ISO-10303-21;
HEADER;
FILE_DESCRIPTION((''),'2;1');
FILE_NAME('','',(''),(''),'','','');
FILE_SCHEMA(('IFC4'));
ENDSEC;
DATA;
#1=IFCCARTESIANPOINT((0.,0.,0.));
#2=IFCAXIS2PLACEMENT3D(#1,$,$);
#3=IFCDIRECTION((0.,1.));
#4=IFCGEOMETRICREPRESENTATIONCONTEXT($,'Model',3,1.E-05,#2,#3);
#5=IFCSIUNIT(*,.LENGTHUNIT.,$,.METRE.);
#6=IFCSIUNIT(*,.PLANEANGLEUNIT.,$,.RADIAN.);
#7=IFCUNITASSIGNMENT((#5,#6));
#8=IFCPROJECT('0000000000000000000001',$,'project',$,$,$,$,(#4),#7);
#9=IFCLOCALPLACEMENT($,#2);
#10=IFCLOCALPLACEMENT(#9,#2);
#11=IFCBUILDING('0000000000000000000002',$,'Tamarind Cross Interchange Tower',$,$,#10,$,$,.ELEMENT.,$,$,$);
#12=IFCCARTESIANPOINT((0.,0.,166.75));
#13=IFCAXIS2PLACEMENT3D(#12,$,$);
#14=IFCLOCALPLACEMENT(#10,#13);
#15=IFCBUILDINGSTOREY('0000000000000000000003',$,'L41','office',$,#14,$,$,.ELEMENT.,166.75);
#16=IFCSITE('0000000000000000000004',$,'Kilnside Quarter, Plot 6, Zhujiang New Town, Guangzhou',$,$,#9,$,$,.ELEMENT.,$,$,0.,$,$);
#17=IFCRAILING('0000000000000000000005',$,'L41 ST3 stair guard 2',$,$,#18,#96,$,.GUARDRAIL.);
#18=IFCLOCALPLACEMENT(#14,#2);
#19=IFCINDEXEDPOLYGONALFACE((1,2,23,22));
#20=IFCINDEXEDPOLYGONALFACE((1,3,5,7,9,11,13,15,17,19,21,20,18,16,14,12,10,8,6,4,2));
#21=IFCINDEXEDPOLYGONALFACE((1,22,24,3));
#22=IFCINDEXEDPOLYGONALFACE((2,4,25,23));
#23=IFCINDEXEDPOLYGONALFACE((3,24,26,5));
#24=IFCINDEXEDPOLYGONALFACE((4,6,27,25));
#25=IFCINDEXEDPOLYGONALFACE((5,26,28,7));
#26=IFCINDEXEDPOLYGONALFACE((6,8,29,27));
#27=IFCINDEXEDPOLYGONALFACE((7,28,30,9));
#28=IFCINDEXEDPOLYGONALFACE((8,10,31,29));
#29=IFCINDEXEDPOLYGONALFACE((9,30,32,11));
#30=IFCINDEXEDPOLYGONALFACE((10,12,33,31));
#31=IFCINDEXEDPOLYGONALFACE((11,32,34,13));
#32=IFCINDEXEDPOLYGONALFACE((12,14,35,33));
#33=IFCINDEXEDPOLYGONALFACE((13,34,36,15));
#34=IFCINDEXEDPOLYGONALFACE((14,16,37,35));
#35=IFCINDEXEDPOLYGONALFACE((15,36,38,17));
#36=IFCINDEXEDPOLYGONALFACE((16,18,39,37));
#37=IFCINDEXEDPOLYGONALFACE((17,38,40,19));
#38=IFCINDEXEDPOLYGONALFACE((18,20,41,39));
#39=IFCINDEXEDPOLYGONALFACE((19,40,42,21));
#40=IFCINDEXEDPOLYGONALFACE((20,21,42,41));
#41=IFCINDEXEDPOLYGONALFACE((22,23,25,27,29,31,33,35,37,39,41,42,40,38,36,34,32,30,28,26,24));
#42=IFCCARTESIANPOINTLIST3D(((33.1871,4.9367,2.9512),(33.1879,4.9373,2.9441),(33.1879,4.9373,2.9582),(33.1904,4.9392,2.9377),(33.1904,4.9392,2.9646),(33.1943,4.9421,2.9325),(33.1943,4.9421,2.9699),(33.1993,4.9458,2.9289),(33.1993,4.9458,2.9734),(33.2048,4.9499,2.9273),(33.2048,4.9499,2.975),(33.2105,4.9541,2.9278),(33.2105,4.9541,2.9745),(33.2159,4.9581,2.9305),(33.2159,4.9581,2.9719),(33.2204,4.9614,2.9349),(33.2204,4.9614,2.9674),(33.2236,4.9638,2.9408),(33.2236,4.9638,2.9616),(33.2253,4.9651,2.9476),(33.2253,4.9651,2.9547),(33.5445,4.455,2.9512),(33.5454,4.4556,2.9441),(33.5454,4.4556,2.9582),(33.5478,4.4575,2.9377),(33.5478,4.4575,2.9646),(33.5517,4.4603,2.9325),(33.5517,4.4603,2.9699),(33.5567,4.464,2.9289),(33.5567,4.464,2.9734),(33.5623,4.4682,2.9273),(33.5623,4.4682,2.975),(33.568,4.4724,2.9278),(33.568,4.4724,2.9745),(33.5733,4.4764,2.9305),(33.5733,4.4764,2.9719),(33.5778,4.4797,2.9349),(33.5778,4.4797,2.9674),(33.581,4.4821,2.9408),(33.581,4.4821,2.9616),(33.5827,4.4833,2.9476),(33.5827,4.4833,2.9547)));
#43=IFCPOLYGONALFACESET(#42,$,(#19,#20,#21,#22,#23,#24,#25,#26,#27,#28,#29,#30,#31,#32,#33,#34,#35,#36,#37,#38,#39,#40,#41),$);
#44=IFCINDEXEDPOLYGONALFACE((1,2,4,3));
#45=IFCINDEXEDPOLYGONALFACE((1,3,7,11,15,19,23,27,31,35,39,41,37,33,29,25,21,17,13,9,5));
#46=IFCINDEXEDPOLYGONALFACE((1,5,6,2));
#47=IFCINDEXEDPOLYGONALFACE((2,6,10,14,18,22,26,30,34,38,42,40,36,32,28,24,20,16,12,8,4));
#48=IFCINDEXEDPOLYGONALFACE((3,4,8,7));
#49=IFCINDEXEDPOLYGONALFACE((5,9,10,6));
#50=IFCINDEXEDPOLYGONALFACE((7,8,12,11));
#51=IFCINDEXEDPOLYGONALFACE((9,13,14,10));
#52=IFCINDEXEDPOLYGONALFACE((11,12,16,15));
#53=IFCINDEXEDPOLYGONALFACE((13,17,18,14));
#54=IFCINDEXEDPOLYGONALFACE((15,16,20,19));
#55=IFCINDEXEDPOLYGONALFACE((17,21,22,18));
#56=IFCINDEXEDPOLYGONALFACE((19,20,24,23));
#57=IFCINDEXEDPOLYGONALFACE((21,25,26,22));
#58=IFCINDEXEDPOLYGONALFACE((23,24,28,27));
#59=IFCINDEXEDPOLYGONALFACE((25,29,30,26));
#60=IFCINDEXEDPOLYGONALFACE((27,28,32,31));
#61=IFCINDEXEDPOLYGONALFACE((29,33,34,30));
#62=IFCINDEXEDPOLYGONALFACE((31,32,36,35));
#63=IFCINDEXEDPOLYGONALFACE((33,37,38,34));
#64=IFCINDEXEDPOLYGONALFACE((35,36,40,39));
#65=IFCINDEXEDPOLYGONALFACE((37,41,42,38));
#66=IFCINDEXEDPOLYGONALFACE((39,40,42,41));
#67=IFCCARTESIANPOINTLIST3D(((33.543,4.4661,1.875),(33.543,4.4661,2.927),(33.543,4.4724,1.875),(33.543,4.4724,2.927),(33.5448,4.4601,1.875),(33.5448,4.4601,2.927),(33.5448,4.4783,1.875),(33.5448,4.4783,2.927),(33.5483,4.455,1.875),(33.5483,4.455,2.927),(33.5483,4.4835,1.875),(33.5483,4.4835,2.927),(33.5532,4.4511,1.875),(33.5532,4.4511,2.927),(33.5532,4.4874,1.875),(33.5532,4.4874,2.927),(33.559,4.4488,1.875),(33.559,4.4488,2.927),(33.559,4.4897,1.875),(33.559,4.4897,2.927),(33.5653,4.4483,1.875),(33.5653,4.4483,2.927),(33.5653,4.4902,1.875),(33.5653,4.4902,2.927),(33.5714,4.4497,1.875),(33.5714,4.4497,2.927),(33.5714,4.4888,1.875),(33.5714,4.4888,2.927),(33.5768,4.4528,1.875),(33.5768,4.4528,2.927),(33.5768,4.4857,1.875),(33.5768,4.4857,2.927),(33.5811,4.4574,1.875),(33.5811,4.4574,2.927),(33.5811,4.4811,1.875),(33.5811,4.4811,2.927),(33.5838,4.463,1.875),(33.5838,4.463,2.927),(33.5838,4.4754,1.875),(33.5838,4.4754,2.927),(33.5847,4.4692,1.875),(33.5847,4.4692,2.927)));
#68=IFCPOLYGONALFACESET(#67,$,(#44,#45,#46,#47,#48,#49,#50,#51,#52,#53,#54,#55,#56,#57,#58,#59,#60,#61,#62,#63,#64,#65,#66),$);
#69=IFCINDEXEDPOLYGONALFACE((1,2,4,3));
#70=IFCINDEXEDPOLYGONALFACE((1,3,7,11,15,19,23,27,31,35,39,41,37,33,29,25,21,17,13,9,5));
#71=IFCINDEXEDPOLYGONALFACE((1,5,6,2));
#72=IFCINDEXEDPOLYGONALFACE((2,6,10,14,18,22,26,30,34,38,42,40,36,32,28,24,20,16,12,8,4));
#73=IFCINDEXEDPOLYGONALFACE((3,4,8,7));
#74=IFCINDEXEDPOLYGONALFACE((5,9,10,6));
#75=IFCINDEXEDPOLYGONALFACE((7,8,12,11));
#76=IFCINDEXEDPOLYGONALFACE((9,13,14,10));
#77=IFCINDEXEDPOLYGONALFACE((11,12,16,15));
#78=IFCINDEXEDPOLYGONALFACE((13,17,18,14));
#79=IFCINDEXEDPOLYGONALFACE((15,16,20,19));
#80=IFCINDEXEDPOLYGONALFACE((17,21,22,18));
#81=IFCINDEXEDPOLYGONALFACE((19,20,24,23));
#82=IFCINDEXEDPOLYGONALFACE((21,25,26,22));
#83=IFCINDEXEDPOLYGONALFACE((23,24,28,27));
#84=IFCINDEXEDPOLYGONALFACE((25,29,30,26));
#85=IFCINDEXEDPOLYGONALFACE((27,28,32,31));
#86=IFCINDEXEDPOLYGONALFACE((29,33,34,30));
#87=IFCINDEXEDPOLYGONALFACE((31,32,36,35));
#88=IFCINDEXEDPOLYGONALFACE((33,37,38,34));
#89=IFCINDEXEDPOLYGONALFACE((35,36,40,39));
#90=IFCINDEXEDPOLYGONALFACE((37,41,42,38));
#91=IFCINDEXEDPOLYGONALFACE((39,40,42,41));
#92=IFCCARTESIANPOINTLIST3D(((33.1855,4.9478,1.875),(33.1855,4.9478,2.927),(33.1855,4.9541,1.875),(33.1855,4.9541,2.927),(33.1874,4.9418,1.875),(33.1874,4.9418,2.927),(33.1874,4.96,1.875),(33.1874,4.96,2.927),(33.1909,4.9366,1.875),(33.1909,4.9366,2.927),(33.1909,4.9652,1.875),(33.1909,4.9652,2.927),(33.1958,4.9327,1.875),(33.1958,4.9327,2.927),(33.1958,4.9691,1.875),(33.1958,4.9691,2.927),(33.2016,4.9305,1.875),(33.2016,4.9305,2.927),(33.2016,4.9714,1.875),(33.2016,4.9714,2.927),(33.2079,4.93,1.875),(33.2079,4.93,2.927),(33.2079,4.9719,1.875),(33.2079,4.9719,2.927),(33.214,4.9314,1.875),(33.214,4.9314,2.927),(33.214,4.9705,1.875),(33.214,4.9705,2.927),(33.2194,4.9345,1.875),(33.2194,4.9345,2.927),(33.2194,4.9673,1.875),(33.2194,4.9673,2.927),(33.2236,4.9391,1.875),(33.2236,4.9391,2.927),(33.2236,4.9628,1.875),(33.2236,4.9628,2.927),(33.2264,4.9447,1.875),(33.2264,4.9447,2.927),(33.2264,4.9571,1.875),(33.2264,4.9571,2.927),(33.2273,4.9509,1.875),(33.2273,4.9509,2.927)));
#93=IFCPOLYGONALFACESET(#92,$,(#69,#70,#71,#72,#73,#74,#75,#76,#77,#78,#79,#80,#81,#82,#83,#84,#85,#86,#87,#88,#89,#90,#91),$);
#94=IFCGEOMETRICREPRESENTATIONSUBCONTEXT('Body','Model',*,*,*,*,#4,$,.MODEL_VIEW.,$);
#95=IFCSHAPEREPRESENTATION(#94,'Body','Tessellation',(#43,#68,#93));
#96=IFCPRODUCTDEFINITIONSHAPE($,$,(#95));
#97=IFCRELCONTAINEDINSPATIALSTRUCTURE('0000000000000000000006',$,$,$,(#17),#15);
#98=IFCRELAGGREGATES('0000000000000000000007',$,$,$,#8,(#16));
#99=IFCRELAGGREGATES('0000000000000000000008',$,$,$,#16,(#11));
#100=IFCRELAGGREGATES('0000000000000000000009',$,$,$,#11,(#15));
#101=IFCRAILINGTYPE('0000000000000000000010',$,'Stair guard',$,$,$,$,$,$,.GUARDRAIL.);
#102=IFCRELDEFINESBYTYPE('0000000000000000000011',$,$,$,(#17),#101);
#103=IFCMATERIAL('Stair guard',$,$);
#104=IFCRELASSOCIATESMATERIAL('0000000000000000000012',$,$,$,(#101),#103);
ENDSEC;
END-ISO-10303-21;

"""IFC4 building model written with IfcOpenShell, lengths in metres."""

from ifc_helpers import new_model, si_unit, direction, frame, origin, origin_2d, place, context, subcontext, project, spatial, circle, extrude, material, type_object, element, save


model = new_model("IFC4")

# Units and contexts
model_context = context("Model", 3, precision=1e-05, world=origin(), true_north=direction((0.0, 1.0)))
body_context = subcontext(model_context, "Body", "Model", "MODEL_VIEW")
ifc_project = project(units=[si_unit("LENGTHUNIT", "METRE"), si_unit("PLANEANGLEUNIT", "RADIAN")], contexts=[model_context])

# Site, building, storey
site_placement = place(None, origin())
site = spatial("IfcSite", under=ifc_project, at=site_placement, Name="Kilnside Quarter, Plot 6, Zhujiang New Town, Guangzhou", CompositionType="ELEMENT", RefElevation=0.0)
building_placement = place(site_placement, origin())
building = spatial("IfcBuilding", under=site, at=building_placement, Name="Tamarind Cross Interchange Tower", CompositionType="ELEMENT")
storey_placement = place(building_placement, frame((0.0, 0.0, 166.75)))
storey = spatial("IfcBuildingStorey", under=building, at=storey_placement, Name="L41", Description="office", CompositionType="ELEMENT", Elevation=166.75)

# Railing
ifc_material_1 = material(Name="Stair guard")
railing_type_1 = type_object("IfcRailingType", Name="Stair guard", PredefinedType="GUARDRAIL", material=ifc_material_1)
railing_1_placement = place(storey_placement, frame((33.5637, 4.4692, 1.875)))
element("IfcRailing", 1, at=railing_1_placement, inside=storey, type_object=railing_type_1, Name="L41 ST3 stair guard 2", PredefinedType="GUARDRAIL", context=body_context, shape_type="SweptSolid", body=[
    extrude(circle(Radius=0.0239, at=origin_2d()), frame((0.0, 0.0, 1.0762), z_axis=(-0.595889, 0.803067, 0.0), x_axis=(-0.803067, -0.595889, 0.0)), (0.0, 0.0, 1.0), 0.5999),
    extrude(circle(Radius=0.021, at=origin_2d()), origin(), (0.0, 0.0, 1.0), 1.052),
    extrude(circle(Radius=0.021, at=origin_2d()), frame((-0.3574, 0.4817, 0.0)), (0.0, 0.0, 1.0), 1.052),
])

save(model, "model.ifc")
